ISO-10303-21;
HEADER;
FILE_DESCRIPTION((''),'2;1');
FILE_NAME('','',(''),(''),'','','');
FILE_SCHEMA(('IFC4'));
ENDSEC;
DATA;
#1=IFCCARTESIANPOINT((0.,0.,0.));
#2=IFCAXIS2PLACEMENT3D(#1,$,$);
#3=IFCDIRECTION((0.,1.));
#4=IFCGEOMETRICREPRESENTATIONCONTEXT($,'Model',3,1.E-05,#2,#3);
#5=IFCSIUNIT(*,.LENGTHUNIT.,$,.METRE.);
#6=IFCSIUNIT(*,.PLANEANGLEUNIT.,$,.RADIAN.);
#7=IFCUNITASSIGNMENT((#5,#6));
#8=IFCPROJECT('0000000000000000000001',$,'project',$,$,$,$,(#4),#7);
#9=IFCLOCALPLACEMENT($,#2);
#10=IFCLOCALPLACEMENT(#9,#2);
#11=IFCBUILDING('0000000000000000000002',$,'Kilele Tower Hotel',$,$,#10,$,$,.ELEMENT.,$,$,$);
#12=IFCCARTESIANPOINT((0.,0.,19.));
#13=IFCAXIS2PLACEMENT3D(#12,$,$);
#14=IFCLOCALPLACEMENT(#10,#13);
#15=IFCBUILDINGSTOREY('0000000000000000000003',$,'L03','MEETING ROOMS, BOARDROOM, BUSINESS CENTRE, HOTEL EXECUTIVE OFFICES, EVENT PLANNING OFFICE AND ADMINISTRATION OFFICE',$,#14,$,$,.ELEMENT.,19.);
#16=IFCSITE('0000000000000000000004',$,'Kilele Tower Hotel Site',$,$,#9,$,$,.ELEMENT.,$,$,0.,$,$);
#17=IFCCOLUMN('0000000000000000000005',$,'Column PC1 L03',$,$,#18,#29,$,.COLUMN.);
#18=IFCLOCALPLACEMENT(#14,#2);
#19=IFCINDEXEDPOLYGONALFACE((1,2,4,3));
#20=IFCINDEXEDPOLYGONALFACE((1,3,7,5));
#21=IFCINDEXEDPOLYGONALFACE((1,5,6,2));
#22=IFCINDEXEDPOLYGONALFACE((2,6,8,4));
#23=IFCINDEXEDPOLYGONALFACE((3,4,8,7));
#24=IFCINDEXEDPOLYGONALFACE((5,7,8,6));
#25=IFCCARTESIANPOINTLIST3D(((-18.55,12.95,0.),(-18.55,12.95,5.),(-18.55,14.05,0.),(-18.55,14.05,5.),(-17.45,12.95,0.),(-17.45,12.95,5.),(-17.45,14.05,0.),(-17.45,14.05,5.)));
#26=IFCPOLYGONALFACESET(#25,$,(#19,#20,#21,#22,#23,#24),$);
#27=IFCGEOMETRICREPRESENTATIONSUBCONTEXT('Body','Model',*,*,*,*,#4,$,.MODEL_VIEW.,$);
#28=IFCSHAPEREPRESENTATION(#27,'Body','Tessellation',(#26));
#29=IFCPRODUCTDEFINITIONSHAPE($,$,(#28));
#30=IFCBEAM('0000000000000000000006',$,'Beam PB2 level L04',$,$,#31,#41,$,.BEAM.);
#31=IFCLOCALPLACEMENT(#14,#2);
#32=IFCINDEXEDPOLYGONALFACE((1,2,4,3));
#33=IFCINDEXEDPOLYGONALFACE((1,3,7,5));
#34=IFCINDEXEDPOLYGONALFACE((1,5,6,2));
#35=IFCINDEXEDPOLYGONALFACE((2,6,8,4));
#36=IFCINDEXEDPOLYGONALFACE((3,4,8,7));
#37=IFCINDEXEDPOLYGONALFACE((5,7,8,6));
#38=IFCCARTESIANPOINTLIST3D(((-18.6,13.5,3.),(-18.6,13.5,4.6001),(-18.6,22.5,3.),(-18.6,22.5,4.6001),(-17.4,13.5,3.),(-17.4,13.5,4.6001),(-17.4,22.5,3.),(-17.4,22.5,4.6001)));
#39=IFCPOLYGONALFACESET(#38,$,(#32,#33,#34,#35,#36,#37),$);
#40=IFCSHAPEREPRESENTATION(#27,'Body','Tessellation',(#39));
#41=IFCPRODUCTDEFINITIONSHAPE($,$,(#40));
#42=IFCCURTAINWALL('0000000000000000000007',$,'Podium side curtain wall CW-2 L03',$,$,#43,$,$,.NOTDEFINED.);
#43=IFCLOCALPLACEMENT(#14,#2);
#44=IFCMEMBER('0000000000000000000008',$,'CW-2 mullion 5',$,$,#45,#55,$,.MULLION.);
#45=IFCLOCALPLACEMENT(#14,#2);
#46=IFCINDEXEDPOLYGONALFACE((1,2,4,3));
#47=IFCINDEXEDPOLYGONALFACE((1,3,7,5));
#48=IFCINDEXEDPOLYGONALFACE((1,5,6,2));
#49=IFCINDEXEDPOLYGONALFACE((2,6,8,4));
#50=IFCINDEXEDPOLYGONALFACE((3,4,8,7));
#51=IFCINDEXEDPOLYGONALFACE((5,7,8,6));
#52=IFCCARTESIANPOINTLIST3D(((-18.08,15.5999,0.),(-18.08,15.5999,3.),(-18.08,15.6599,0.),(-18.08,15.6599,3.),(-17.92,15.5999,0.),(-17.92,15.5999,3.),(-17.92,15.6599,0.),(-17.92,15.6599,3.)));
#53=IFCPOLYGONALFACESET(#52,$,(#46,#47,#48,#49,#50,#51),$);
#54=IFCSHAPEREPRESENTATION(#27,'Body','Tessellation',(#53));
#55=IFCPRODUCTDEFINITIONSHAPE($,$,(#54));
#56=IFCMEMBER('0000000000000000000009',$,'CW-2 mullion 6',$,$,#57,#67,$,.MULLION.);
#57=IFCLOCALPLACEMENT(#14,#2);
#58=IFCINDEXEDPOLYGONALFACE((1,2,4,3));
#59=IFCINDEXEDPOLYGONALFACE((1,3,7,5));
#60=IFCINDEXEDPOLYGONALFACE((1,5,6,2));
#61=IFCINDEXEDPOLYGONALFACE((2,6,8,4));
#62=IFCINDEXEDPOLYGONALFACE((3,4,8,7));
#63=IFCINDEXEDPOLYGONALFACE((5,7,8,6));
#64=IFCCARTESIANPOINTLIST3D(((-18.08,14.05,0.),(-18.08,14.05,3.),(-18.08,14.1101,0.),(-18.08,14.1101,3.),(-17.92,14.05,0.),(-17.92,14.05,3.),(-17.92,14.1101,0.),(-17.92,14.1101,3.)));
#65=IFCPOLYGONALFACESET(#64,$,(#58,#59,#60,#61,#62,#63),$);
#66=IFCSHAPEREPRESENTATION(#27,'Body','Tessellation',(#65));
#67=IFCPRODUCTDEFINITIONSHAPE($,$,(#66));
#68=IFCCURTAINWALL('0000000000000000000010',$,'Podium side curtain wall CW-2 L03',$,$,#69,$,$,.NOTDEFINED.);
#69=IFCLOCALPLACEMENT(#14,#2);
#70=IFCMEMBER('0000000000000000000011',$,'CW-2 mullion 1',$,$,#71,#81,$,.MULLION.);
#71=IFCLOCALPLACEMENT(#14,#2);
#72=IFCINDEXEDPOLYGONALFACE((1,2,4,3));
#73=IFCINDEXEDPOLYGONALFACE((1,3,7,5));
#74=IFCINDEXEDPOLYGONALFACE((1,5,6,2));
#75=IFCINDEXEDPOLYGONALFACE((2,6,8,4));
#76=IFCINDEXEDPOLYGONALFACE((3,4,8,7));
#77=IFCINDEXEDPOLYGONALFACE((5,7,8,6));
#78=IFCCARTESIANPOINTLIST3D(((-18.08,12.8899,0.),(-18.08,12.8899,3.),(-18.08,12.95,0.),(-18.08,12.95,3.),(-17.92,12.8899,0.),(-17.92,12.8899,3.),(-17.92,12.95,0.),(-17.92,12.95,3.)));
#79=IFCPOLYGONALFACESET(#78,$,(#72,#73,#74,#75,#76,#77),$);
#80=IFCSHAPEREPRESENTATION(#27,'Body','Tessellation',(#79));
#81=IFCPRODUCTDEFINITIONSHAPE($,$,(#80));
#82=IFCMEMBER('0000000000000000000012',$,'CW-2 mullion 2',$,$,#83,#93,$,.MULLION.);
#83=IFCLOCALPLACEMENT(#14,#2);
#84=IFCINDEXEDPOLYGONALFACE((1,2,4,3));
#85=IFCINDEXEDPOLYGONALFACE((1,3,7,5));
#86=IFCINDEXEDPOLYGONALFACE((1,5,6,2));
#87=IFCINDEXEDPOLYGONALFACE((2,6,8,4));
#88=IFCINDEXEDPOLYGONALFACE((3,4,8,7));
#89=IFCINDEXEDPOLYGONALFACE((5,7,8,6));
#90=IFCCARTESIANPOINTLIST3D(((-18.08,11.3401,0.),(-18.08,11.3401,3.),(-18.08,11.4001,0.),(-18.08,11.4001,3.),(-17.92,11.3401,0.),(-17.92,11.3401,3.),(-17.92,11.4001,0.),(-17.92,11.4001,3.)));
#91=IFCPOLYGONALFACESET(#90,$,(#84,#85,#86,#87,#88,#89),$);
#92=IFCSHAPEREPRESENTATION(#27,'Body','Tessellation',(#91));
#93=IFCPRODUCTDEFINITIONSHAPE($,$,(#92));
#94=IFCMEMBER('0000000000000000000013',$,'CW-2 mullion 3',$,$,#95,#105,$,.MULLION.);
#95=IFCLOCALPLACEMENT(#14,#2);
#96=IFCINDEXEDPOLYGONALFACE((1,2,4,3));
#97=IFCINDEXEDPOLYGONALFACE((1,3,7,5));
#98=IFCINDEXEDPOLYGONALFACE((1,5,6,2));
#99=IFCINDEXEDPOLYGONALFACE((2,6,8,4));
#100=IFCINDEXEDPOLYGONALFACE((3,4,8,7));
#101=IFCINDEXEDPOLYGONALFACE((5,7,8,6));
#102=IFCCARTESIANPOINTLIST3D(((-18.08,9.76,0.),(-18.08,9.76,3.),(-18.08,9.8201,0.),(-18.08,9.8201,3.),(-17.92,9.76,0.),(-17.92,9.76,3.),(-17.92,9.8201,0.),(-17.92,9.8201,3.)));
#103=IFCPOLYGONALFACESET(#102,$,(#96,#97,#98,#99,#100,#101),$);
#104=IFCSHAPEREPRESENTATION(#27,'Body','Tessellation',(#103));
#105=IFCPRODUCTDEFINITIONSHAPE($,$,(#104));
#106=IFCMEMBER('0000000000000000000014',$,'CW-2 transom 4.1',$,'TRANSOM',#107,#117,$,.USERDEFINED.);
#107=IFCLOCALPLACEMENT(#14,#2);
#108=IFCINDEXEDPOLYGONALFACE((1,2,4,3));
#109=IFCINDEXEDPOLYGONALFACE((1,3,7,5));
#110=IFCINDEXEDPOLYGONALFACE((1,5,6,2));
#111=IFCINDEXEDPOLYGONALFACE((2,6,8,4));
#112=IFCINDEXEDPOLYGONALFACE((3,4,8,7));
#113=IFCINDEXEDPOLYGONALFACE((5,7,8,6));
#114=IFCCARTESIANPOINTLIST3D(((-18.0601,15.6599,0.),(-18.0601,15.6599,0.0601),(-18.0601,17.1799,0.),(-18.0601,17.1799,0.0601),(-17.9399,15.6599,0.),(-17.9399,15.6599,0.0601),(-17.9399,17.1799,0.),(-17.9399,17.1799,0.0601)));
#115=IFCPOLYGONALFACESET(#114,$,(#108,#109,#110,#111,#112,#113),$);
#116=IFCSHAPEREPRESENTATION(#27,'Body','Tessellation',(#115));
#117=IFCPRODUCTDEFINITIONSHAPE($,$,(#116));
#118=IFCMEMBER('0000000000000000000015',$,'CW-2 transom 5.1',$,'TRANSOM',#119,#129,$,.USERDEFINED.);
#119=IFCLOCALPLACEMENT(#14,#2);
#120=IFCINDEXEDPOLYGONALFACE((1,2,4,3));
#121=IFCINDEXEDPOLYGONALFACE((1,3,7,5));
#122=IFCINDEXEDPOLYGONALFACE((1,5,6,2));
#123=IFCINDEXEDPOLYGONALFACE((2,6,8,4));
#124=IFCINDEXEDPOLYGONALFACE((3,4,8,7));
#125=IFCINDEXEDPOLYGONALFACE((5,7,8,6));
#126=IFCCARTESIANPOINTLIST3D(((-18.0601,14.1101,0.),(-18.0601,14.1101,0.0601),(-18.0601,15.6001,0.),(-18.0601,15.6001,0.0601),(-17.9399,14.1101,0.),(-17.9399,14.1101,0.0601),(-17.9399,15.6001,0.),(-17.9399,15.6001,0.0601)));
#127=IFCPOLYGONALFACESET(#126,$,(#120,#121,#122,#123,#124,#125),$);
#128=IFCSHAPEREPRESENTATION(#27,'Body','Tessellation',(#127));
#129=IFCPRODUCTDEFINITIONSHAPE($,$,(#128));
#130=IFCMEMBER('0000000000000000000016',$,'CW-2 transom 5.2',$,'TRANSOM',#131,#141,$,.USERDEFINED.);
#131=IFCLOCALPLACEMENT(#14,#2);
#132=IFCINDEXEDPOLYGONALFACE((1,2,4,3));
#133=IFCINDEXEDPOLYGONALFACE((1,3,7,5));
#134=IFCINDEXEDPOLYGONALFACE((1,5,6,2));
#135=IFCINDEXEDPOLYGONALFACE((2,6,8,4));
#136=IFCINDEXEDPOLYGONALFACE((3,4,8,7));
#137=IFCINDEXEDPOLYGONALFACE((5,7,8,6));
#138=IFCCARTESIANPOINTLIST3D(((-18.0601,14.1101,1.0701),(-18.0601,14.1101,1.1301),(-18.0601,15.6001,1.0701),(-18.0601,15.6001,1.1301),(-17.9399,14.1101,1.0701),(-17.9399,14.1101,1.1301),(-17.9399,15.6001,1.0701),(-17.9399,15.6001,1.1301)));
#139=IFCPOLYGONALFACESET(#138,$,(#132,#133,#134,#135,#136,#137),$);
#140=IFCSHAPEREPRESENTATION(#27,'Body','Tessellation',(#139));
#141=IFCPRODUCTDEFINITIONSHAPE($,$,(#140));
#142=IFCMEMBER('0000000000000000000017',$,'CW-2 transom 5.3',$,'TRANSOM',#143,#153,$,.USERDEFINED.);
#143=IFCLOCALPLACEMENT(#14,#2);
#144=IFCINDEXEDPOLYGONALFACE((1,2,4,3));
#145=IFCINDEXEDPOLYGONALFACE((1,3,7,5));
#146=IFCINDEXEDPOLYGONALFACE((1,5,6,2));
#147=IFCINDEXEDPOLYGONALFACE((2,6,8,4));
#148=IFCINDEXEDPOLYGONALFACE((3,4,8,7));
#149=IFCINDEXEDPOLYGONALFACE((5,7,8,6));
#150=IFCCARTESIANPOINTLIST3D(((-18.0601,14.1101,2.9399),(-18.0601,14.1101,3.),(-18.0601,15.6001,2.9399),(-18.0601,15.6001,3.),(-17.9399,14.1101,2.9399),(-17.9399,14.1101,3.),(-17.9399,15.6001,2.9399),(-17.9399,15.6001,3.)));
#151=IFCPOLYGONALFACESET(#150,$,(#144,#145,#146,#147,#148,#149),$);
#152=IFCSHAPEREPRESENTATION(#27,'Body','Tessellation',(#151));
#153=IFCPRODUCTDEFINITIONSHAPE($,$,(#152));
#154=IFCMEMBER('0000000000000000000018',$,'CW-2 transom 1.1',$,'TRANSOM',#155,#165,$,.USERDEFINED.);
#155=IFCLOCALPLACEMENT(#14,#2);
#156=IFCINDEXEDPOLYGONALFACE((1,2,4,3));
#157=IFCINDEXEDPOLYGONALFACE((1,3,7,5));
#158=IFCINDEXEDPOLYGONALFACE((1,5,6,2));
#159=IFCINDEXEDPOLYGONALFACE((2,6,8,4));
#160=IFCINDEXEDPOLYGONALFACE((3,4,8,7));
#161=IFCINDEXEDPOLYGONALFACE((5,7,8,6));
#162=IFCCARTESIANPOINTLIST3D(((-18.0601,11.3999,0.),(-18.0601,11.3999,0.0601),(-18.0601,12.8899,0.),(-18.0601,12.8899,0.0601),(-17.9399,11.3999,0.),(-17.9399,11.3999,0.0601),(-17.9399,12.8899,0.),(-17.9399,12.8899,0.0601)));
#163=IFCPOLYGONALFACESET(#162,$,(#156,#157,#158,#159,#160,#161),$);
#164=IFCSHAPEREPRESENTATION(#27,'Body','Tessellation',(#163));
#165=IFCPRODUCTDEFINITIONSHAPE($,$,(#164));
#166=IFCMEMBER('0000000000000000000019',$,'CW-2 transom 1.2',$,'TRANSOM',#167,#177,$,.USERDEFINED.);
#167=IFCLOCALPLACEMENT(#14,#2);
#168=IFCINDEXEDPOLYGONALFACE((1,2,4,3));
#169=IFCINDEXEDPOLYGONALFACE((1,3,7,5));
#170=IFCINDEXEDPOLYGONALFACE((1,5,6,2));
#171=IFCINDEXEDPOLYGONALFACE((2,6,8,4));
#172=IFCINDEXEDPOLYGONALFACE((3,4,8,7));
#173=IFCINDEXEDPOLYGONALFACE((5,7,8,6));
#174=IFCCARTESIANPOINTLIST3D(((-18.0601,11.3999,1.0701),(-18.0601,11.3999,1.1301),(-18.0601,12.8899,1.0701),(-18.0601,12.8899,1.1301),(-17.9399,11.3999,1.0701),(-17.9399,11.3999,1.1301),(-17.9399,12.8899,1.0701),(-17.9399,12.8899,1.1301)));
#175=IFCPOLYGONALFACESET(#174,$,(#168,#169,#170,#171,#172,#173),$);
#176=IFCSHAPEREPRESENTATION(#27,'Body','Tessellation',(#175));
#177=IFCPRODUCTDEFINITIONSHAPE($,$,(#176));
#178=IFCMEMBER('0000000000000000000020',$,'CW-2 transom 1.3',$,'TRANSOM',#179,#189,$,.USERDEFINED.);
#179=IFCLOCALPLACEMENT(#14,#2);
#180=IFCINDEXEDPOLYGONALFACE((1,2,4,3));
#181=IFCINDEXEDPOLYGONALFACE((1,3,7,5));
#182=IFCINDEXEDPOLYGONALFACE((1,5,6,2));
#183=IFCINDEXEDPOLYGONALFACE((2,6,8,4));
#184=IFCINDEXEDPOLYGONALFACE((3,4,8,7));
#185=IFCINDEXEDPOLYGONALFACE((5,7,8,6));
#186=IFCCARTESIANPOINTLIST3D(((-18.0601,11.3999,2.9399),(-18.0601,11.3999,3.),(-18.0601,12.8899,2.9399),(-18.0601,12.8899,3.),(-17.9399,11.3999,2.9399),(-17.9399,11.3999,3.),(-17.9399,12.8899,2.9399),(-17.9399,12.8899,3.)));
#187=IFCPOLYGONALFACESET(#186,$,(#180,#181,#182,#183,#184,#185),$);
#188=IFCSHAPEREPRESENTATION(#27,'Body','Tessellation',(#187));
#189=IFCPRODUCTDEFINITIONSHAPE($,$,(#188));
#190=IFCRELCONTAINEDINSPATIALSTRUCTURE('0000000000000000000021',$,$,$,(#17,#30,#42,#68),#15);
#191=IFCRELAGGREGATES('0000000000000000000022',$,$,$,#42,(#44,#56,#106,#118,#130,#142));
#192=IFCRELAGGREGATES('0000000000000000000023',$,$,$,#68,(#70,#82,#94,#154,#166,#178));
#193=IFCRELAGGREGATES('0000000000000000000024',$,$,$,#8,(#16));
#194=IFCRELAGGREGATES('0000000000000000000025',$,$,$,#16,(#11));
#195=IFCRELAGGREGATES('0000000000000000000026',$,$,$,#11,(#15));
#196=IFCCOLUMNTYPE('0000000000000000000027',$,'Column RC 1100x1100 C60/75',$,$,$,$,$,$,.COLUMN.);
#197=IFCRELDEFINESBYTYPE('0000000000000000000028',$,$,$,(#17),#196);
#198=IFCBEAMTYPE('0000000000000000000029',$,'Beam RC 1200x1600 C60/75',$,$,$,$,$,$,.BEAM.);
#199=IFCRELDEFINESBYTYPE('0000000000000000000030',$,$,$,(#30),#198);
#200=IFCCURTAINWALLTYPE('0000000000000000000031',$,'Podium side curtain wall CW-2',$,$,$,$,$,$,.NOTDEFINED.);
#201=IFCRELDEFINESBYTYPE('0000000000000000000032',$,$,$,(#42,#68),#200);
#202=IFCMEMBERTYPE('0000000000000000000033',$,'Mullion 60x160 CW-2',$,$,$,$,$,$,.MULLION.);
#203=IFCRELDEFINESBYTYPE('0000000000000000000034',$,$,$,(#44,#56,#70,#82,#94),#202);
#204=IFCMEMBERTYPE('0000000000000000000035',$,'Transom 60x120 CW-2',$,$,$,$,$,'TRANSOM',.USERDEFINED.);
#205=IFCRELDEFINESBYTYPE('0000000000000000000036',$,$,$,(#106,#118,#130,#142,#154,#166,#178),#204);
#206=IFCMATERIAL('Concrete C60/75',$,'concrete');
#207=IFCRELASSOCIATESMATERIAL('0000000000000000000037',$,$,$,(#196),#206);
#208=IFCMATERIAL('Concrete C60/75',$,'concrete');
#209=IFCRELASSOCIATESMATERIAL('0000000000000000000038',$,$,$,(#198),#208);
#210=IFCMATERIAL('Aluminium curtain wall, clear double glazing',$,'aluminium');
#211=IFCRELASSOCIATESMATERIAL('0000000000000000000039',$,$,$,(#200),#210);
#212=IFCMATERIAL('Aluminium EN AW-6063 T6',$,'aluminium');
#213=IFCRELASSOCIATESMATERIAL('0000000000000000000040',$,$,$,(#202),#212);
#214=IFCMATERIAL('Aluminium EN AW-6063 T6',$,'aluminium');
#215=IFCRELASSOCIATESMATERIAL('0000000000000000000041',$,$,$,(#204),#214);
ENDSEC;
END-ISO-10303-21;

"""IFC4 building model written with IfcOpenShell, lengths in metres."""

from ifc_helpers import new_model, si_unit, direction, frame, origin, origin_2d, place, context, subcontext, project, spatial, rectangle, extrude, material, material_profile, profile_set, type_object, element, aggregate, save


model = new_model("IFC4")

# Units and contexts
model_context = context("Model", 3, precision=1e-05, world=origin(), true_north=direction((0.0, 1.0)))
body_context = subcontext(model_context, "Body", "Model", "MODEL_VIEW")
ifc_project = project(units=[si_unit("LENGTHUNIT", "METRE"), si_unit("PLANEANGLEUNIT", "RADIAN")], contexts=[model_context])

# Site, building, storey
site_placement = place(None, origin())
site = spatial("IfcSite", under=ifc_project, at=site_placement, Name="Kilele Tower Hotel Site", CompositionType="ELEMENT", RefElevation=0.0)
building_placement = place(site_placement, origin())
building = spatial("IfcBuilding", under=site, at=building_placement, Name="Kilele Tower Hotel", CompositionType="ELEMENT")
storey_placement = place(building_placement, frame((0.0, 0.0, 19.0)))
storey = spatial("IfcBuildingStorey", under=building, at=storey_placement, Name="L03", Description="MEETING ROOMS, BOARDROOM, BUSINESS CENTRE, HOTEL EXECUTIVE OFFICES, EVENT PLANNING OFFICE AND ADMINISTRATION OFFICE", CompositionType="ELEMENT", Elevation=19.0)

# Column
ifc_material_1 = material(Name="Concrete C60/75", Category="concrete")
ifc_material_profile_1 = material_profile(ifc_material_1, rectangle(XDim=1.1001, YDim=1.1001, at=origin_2d()))
ifc_profile_set_1 = profile_set([ifc_material_profile_1], Name="Concrete C60/75")
column_type = type_object("IfcColumnType", Name="Column RC 1100x1100 C60/75", PredefinedType="COLUMN", material=ifc_profile_set_1)
column_placement = place(storey_placement, frame((-18.0, 13.5, 0.0), z_axis=(0.0, 0.0, 1.0), x_axis=(1.0, 0.0, 0.0)))
element("IfcColumn", 1, at=column_placement, inside=storey, type_object=column_type, Name="Column PC1 L03", PredefinedType="COLUMN", context=body_context, shape_type="SweptSolid", body=[
    extrude(rectangle(XDim=1.1001, YDim=1.1001, at=origin_2d()), origin(), (0.0, 0.0, 1.0), 5.0),
])

# Beam
ifc_material_2 = material(Name="Concrete C60/75", Category="concrete")
ifc_material_profile_2 = material_profile(ifc_material_2, rectangle(XDim=1.2, YDim=1.6001, at=origin_2d()))
ifc_profile_set_2 = profile_set([ifc_material_profile_2], Name="Concrete C60/75")
beam_type = type_object("IfcBeamType", Name="Beam RC 1200x1600 C60/75", PredefinedType="BEAM", material=ifc_profile_set_2)
beam_placement = place(storey_placement, frame((-18.0, 13.5, 3.8), z_axis=(0.0, 1.0, 0.0), x_axis=(-1.0, 0.0, 0.0)))
element("IfcBeam", 2, at=beam_placement, inside=storey, type_object=beam_type, Name="Beam PB2 level L04", PredefinedType="BEAM", context=body_context, shape_type="SweptSolid", body=[
    extrude(rectangle(XDim=1.2, YDim=1.6001, at=origin_2d()), origin(), (0.0, 0.0, 1.0), 9.0),
])

# Curtain walls, members
ifc_material_3 = material(Name="Aluminium curtain wall, clear double glazing", Category="aluminium")
curtain_wall_type = type_object("IfcCurtainWallType", Name="Podium side curtain wall CW-2", PredefinedType="NOTDEFINED", material=ifc_material_3)
curtain_wall_1_placement = place(storey_placement, origin())
curtain_wall_1 = element("IfcCurtainWall", 3, at=curtain_wall_1_placement, inside=storey, type_object=curtain_wall_type, Name="Podium side curtain wall CW-2 L03", PredefinedType="NOTDEFINED")
ifc_material_4 = material(Name="Aluminium EN AW-6063 T6", Category="aluminium")
ifc_material_profile_3 = material_profile(ifc_material_4, rectangle(XDim=0.1599, YDim=0.0601, at=origin_2d()))
ifc_profile_set_3 = profile_set([ifc_material_profile_3], Name="Aluminium EN AW-6063 T6")
member_type_1 = type_object("IfcMemberType", Name="Mullion 60x160 CW-2", PredefinedType="MULLION", material=ifc_profile_set_3)
member_1_placement = place(storey_placement, frame((-18.0, 15.6299, 0.0), z_axis=(0.0, 0.0, 1.0), x_axis=(1.0, 0.0, 0.0)))
member_1 = element("IfcMember", 4, at=member_1_placement, type_object=member_type_1, Name="CW-2 mullion 5", PredefinedType="MULLION", context=body_context, shape_type="SweptSolid", body=[
    extrude(rectangle(XDim=0.1599, YDim=0.0601, at=origin_2d()), origin(), (0.0, 0.0, 1.0), 3.0),
])
member_2_placement = place(storey_placement, frame((-18.0, 14.0801, 0.0), z_axis=(0.0, 0.0, 1.0), x_axis=(1.0, 0.0, 0.0)))
member_2 = element("IfcMember", 5, at=member_2_placement, type_object=member_type_1, Name="CW-2 mullion 6", PredefinedType="MULLION", context=body_context, shape_type="SweptSolid", body=[
    extrude(rectangle(XDim=0.1599, YDim=0.0601, at=origin_2d()), origin(), (0.0, 0.0, 1.0), 3.0),
])
curtain_wall_2_placement = place(storey_placement, origin())
curtain_wall_2 = element("IfcCurtainWall", 6, at=curtain_wall_2_placement, inside=storey, type_object=curtain_wall_type, Name="Podium side curtain wall CW-2 L03", PredefinedType="NOTDEFINED")
member_3_placement = place(storey_placement, frame((-18.0, 12.9199, 0.0), z_axis=(0.0, 0.0, 1.0), x_axis=(1.0, 0.0, 0.0)))
member_3 = element("IfcMember", 7, at=member_3_placement, type_object=member_type_1, Name="CW-2 mullion 1", PredefinedType="MULLION", context=body_context, shape_type="SweptSolid", body=[
    extrude(rectangle(XDim=0.1599, YDim=0.0601, at=origin_2d()), origin(), (0.0, 0.0, 1.0), 3.0),
])
member_4_placement = place(storey_placement, frame((-18.0, 11.3701, 0.0), z_axis=(0.0, 0.0, 1.0), x_axis=(1.0, 0.0, 0.0)))
member_4 = element("IfcMember", 8, at=member_4_placement, type_object=member_type_1, Name="CW-2 mullion 2", PredefinedType="MULLION", context=body_context, shape_type="SweptSolid", body=[
    extrude(rectangle(XDim=0.1599, YDim=0.0601, at=origin_2d()), origin(), (0.0, 0.0, 1.0), 3.0),
])
member_5_placement = place(storey_placement, frame((-18.0, 9.79, 0.0), z_axis=(0.0, 0.0, 1.0), x_axis=(1.0, 0.0, 0.0)))
member_5 = element("IfcMember", 9, at=member_5_placement, type_object=member_type_1, Name="CW-2 mullion 3", PredefinedType="MULLION", context=body_context, shape_type="SweptSolid", body=[
    extrude(rectangle(XDim=0.1599, YDim=0.0601, at=origin_2d()), origin(), (0.0, 0.0, 1.0), 3.0),
])

# Members
ifc_material_5 = material(Name="Aluminium EN AW-6063 T6", Category="aluminium")
ifc_material_profile_4 = material_profile(ifc_material_5, rectangle(XDim=0.1201, YDim=0.0601, at=origin_2d()))
ifc_profile_set_4 = profile_set([ifc_material_profile_4], Name="Aluminium EN AW-6063 T6")
member_type_2 = type_object("IfcMemberType", Name="Transom 60x120 CW-2", ElementType="TRANSOM", PredefinedType="USERDEFINED", material=ifc_profile_set_4)
member_6_placement = place(storey_placement, frame((-18.0, 17.1799, 0.03), z_axis=(0.0, -1.0, 0.0), x_axis=(1.0, 0.0, 0.0)))
member_6 = element("IfcMember", 10, at=member_6_placement, type_object=member_type_2, Name="CW-2 transom 4.1", ObjectType="TRANSOM", PredefinedType="USERDEFINED", context=body_context, shape_type="SweptSolid", body=[
    extrude(rectangle(XDim=0.1201, YDim=0.0601, at=origin_2d()), origin(), (0.0, 0.0, 1.0), 1.52),
])
member_7_placement = place(storey_placement, frame((-18.0, 15.6001, 0.03), z_axis=(0.0, -1.0, 0.0), x_axis=(1.0, 0.0, 0.0)))
member_7 = element("IfcMember", 11, at=member_7_placement, type_object=member_type_2, Name="CW-2 transom 5.1", ObjectType="TRANSOM", PredefinedType="USERDEFINED", context=body_context, shape_type="SweptSolid", body=[
    extrude(rectangle(XDim=0.1201, YDim=0.0601, at=origin_2d()), origin(), (0.0, 0.0, 1.0), 1.49),
])
member_8_placement = place(storey_placement, frame((-18.0, 15.6001, 1.1001), z_axis=(0.0, -1.0, 0.0), x_axis=(1.0, 0.0, 0.0)))
member_8 = element("IfcMember", 12, at=member_8_placement, type_object=member_type_2, Name="CW-2 transom 5.2", ObjectType="TRANSOM", PredefinedType="USERDEFINED", context=body_context, shape_type="SweptSolid", body=[
    extrude(rectangle(XDim=0.1201, YDim=0.0601, at=origin_2d()), origin(), (0.0, 0.0, 1.0), 1.49),
])
member_9_placement = place(storey_placement, frame((-18.0, 15.6001, 2.97), z_axis=(0.0, -1.0, 0.0), x_axis=(1.0, 0.0, 0.0)))
member_9 = element("IfcMember", 13, at=member_9_placement, type_object=member_type_2, Name="CW-2 transom 5.3", ObjectType="TRANSOM", PredefinedType="USERDEFINED", context=body_context, shape_type="SweptSolid", body=[
    extrude(rectangle(XDim=0.1201, YDim=0.0601, at=origin_2d()), origin(), (0.0, 0.0, 1.0), 1.49),
])
member_10_placement = place(storey_placement, frame((-18.0, 12.8899, 0.03), z_axis=(0.0, -1.0, 0.0), x_axis=(1.0, 0.0, 0.0)))
member_10 = element("IfcMember", 14, at=member_10_placement, type_object=member_type_2, Name="CW-2 transom 1.1", ObjectType="TRANSOM", PredefinedType="USERDEFINED", context=body_context, shape_type="SweptSolid", body=[
    extrude(rectangle(XDim=0.1201, YDim=0.0601, at=origin_2d()), origin(), (0.0, 0.0, 1.0), 1.49),
])
member_11_placement = place(storey_placement, frame((-18.0, 12.8899, 1.1001), z_axis=(0.0, -1.0, 0.0), x_axis=(1.0, 0.0, 0.0)))
member_11 = element("IfcMember", 15, at=member_11_placement, type_object=member_type_2, Name="CW-2 transom 1.2", ObjectType="TRANSOM", PredefinedType="USERDEFINED", context=body_context, shape_type="SweptSolid", body=[
    extrude(rectangle(XDim=0.1201, YDim=0.0601, at=origin_2d()), origin(), (0.0, 0.0, 1.0), 1.49),
])
member_12_placement = place(storey_placement, frame((-18.0, 12.8899, 2.97), z_axis=(0.0, -1.0, 0.0), x_axis=(1.0, 0.0, 0.0)))
member_12 = element("IfcMember", 16, at=member_12_placement, type_object=member_type_2, Name="CW-2 transom 1.3", ObjectType="TRANSOM", PredefinedType="USERDEFINED", context=body_context, shape_type="SweptSolid", body=[
    extrude(rectangle(XDim=0.1201, YDim=0.0601, at=origin_2d()), origin(), (0.0, 0.0, 1.0), 1.49),
])

aggregate(curtain_wall_1, [member_1, member_2, member_6, member_7, member_8, member_9])
aggregate(curtain_wall_2, [member_3, member_4, member_5, member_10, member_11, member_12])

save(model, "model.ifc")
